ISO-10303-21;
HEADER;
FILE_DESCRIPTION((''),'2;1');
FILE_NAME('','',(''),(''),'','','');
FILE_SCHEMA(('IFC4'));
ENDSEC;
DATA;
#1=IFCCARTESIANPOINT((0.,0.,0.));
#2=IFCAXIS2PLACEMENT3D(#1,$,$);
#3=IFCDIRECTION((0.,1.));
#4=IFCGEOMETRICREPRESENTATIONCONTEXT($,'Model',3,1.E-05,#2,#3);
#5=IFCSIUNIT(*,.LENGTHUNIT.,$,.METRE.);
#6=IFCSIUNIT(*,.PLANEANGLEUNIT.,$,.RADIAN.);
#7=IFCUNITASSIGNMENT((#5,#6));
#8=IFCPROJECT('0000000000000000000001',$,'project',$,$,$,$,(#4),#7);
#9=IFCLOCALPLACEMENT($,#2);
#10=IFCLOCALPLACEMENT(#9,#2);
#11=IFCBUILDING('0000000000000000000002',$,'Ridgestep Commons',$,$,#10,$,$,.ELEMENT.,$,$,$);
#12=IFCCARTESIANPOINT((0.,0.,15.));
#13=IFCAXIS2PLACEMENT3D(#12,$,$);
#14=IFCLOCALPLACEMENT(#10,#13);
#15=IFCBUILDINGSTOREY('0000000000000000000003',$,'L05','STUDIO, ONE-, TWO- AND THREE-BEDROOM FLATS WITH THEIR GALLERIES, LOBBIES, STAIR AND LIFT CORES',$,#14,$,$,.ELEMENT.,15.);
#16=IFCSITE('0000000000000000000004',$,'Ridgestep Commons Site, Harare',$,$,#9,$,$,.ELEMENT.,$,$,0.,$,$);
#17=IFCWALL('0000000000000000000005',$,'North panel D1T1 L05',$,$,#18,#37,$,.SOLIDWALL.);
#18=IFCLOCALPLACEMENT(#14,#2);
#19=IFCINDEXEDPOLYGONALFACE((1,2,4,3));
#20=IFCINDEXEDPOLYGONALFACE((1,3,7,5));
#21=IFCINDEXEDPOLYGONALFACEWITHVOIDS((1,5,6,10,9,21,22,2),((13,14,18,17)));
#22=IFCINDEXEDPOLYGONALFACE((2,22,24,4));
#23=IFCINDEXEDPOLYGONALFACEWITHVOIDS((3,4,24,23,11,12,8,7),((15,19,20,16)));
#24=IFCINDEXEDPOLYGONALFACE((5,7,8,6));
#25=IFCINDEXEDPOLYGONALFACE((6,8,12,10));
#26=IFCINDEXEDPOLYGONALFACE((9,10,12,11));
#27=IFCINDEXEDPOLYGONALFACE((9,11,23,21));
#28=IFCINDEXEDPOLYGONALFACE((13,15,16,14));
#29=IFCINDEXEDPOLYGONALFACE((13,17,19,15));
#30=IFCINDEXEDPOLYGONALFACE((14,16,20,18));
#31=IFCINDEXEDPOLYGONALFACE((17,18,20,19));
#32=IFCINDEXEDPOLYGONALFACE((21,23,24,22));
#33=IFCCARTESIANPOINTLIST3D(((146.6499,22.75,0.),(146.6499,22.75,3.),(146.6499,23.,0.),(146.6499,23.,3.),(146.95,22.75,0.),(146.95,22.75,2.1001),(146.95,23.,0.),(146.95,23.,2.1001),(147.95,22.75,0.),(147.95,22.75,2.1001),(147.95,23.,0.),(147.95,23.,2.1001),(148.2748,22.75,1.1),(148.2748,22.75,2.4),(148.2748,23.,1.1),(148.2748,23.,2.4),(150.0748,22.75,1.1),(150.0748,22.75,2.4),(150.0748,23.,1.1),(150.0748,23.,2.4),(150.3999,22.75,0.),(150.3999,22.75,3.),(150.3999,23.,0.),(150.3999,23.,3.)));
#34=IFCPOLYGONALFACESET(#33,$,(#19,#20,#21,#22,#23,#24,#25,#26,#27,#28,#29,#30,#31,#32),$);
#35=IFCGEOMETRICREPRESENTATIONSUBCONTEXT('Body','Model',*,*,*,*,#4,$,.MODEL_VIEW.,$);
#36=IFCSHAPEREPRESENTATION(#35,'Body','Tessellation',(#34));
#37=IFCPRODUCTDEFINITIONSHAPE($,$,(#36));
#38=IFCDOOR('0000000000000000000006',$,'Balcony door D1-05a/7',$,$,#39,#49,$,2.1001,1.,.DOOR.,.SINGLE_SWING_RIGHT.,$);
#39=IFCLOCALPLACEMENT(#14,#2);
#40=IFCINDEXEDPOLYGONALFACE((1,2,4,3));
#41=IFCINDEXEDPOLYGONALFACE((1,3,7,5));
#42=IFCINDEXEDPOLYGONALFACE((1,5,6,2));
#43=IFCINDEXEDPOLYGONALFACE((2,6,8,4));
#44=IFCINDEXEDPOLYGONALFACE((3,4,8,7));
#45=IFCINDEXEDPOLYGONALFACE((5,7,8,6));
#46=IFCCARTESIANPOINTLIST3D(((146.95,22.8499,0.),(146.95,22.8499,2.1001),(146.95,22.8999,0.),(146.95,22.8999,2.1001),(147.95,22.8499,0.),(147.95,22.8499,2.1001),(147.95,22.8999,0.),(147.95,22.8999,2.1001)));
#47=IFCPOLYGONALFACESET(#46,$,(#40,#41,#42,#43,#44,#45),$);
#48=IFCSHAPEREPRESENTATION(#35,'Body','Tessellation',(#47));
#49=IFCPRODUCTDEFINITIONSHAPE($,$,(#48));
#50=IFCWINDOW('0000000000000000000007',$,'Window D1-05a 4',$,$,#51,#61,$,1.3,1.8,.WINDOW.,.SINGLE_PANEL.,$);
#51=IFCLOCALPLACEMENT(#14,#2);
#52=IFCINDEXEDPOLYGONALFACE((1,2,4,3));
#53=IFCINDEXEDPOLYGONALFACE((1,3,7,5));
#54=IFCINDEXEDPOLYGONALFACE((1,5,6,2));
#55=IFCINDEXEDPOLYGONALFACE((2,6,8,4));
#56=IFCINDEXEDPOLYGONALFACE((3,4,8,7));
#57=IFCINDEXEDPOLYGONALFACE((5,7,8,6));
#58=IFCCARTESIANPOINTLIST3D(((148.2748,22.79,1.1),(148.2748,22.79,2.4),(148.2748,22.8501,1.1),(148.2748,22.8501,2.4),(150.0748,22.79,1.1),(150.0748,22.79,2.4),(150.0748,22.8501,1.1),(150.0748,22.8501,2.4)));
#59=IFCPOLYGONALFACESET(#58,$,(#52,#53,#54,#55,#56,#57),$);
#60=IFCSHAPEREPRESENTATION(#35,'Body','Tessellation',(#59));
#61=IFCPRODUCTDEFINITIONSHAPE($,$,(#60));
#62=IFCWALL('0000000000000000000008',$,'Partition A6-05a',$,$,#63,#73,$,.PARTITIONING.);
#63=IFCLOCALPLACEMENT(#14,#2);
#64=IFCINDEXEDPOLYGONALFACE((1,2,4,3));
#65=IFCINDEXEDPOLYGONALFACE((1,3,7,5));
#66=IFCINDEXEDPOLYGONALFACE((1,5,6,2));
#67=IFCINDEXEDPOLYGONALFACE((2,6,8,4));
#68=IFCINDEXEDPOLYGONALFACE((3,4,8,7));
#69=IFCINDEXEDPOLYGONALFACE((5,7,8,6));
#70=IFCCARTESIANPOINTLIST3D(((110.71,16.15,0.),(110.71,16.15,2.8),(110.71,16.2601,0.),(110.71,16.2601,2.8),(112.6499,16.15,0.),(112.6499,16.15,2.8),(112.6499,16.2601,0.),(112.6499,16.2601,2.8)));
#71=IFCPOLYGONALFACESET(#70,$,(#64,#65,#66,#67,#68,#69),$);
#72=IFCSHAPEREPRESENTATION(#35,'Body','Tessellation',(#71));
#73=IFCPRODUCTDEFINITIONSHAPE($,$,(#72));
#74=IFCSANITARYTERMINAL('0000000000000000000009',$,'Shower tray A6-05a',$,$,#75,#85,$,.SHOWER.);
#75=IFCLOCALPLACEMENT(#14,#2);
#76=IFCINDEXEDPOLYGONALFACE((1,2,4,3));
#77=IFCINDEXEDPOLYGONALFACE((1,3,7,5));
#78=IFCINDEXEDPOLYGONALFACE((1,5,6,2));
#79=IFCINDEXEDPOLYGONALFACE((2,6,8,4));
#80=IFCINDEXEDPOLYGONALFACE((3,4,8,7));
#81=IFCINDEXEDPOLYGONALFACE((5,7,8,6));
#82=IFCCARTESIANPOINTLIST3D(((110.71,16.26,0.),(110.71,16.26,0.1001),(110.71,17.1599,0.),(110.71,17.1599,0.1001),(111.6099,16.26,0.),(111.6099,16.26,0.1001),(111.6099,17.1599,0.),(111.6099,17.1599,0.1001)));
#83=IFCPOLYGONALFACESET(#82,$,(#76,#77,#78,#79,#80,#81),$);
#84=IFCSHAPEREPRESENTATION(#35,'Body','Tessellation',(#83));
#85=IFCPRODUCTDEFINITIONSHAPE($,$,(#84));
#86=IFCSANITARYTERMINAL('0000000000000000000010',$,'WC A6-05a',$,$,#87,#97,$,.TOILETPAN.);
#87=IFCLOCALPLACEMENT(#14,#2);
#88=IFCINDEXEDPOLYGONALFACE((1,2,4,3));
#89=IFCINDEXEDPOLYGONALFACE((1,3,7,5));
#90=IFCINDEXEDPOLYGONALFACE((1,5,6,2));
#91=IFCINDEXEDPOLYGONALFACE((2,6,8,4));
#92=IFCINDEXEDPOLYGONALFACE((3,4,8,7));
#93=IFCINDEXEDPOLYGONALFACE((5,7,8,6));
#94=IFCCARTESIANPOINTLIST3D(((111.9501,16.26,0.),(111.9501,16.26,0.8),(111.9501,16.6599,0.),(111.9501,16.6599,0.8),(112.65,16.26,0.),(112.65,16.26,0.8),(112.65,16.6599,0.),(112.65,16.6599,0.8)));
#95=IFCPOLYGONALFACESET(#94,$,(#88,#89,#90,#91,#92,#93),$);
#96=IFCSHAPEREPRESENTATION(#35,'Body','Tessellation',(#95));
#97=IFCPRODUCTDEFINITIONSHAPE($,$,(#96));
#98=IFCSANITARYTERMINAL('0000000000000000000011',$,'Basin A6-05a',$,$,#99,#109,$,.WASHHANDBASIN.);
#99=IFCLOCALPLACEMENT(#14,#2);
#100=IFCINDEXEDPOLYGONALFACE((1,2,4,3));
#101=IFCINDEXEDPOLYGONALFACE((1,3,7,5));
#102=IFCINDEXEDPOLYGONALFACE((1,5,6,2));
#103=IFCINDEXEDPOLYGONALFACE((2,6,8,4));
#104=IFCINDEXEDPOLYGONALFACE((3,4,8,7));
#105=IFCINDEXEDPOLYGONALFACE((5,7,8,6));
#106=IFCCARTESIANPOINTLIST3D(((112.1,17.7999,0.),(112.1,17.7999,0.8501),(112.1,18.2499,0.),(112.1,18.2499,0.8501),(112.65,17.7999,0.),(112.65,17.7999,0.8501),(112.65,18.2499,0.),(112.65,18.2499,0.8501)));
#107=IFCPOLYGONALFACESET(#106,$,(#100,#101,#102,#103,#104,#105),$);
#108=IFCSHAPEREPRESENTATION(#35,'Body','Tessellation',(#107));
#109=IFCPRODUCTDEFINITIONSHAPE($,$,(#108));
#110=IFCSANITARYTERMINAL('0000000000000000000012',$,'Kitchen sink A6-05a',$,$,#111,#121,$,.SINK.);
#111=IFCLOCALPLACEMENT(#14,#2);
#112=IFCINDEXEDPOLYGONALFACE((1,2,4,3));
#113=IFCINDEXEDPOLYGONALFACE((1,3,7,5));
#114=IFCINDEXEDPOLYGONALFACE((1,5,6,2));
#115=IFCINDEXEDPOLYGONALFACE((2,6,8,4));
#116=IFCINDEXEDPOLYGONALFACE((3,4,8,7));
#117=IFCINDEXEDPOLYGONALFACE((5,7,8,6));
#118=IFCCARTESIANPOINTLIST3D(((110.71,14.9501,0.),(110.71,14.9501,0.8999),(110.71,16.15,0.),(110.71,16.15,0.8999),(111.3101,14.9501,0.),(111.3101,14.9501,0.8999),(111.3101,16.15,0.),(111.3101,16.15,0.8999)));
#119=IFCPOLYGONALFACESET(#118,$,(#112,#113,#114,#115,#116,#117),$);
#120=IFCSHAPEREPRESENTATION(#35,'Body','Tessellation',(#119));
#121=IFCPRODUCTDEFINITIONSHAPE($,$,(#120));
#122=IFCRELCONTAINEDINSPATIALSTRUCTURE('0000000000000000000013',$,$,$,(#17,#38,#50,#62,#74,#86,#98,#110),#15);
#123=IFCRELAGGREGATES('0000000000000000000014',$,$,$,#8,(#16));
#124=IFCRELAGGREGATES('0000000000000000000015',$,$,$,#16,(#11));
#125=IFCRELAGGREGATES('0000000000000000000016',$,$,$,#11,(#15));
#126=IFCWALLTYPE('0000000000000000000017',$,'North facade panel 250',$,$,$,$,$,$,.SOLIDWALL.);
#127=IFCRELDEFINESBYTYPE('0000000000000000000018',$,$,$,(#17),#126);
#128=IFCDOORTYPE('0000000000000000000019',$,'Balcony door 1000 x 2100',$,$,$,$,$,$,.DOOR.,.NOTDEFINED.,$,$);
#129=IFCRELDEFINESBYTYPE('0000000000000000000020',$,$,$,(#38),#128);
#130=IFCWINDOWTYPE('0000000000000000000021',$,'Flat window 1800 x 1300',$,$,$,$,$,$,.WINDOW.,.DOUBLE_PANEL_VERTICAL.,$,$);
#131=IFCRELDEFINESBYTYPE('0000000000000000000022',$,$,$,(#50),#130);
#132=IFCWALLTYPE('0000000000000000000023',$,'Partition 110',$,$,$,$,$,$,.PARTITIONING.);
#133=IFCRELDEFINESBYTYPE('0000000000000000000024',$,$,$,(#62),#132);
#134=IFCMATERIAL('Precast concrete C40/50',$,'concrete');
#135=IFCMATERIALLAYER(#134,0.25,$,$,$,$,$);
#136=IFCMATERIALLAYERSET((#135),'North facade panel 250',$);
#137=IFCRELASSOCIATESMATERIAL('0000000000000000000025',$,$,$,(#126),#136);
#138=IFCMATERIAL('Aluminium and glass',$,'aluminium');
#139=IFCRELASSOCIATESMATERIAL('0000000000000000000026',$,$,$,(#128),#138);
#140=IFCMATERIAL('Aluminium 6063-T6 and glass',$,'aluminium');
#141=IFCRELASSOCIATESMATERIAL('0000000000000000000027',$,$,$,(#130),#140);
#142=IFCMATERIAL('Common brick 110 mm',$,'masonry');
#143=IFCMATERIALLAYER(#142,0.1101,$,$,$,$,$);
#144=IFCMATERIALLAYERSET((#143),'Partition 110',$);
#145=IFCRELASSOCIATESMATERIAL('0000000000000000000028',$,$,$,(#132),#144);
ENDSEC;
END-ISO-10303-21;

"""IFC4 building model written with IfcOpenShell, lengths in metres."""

from ifc_helpers import new_model, si_unit, direction, frame, frame_2d, origin, origin_2d, place, context, subcontext, project, spatial, rectangle, extrude, material, layer, layer_set, type_object, element, fill, save


model = new_model("IFC4")

# Units and contexts
model_context = context("Model", 3, precision=1e-05, world=origin(), true_north=direction((0.0, 1.0)))
body_context = subcontext(model_context, "Body", "Model", "MODEL_VIEW")
ifc_project = project(units=[si_unit("LENGTHUNIT", "METRE"), si_unit("PLANEANGLEUNIT", "RADIAN")], contexts=[model_context])

# Site, building, storey
site_placement = place(None, origin())
site = spatial("IfcSite", under=ifc_project, at=site_placement, Name="Ridgestep Commons Site, Harare", CompositionType="ELEMENT", RefElevation=0.0)
building_placement = place(site_placement, origin())
building = spatial("IfcBuilding", under=site, at=building_placement, Name="Ridgestep Commons", CompositionType="ELEMENT")
storey_placement = place(building_placement, frame((0.0, 0.0, 15.0)))
storey = spatial("IfcBuildingStorey", under=building, at=storey_placement, Name="L05", Description="STUDIO, ONE-, TWO- AND THREE-BEDROOM FLATS WITH THEIR GALLERIES, LOBBIES, STAIR AND LIFT CORES", CompositionType="ELEMENT", Elevation=15.0)

# Wall, openings, door, window
ifc_material_1 = material(Name="Precast concrete C40/50", Category="concrete")
ifc_layer_1 = layer(ifc_material_1, 0.25)
ifc_layer_set_1 = layer_set([ifc_layer_1], Name="North facade panel 250")
wall_type_1 = type_object("IfcWallType", Name="North facade panel 250", PredefinedType="SOLIDWALL", material=ifc_layer_set_1)
wall_1_placement = place(storey_placement, frame((146.6499, 22.875, 0.0), z_axis=(0.0, 0.0, 1.0), x_axis=(1.0, 0.0, 0.0)))
wall_1 = element("IfcWall", 1, at=wall_1_placement, inside=storey, type_object=wall_type_1, Name="North panel D1T1 L05", PredefinedType="SOLIDWALL", context=body_context, shape_type="SweptSolid", body=[
    extrude(rectangle(XDim=3.75, YDim=0.25, at=frame_2d((1.875, 0.0))), origin(), (0.0, 0.0, 1.0), 3.0),
])
opening_1_placement = place(wall_1_placement, frame((1.625, 0.0, 1.1001)))
opening_1 = element("IfcOpeningElement", 2, at=opening_1_placement, cuts=wall_1, PredefinedType="OPENING", context=body_context, shape_type="SweptSolid", body=[
    extrude(rectangle(XDim=1.8, YDim=1.3, at=frame_2d((0.8999, 0.6499))), frame((0.0, 0.135, 0.0), z_axis=(0.0, -1.0, 0.0), x_axis=(1.0, 0.0, 0.0)), (0.0, 0.0, 1.0), 0.27),
])
opening_2_placement = place(wall_1_placement, frame((0.3, 0.0, 0.0)))
opening_2 = element("IfcOpeningElement", 3, at=opening_2_placement, cuts=wall_1, PredefinedType="OPENING", context=body_context, shape_type="SweptSolid", body=[
    extrude(rectangle(XDim=1.0, YDim=2.1001, at=frame_2d((0.5, 1.05))), frame((0.0, 0.135, 0.0), z_axis=(0.0, -1.0, 0.0), x_axis=(1.0, 0.0, 0.0)), (0.0, 0.0, 1.0), 0.27),
])
ifc_material_2 = material(Name="Aluminium and glass", Category="aluminium")
door_type = type_object("IfcDoorType", Name="Balcony door 1000 x 2100", OperationType="NOTDEFINED", PredefinedType="DOOR", material=ifc_material_2)
door_placement = place(opening_2_placement, origin())
door = element("IfcDoor", 4, at=door_placement, inside=storey, type_object=door_type, Name="Balcony door D1-05a/7", OperationType="SINGLE_SWING_RIGHT", OverallHeight=2.1001, OverallWidth=1.0, PredefinedType="DOOR", context=body_context, shape_type="SweptSolid", body=[
    extrude(rectangle(XDim=1.0, YDim=2.1001, at=frame_2d((0.5, 1.05))), frame((0.0, 0.0249, 0.0), z_axis=(0.0, -1.0, 0.0), x_axis=(1.0, 0.0, 0.0)), (0.0, 0.0, 1.0), 0.05),
])
fill(opening_2, door)
ifc_material_3 = material(Name="Aluminium 6063-T6 and glass", Category="aluminium")
window_type_1 = type_object("IfcWindowType", Name="Flat window 1800 x 1300", PartitioningType="DOUBLE_PANEL_VERTICAL", PredefinedType="WINDOW", material=ifc_material_3)
window_1_placement = place(opening_1_placement, origin())
window_1 = element("IfcWindow", 5, at=window_1_placement, inside=storey, type_object=window_type_1, Name="Window D1-05a 4", OverallHeight=1.3, OverallWidth=1.8, PartitioningType="SINGLE_PANEL", PredefinedType="WINDOW", context=body_context, shape_type="SweptSolid", body=[
    extrude(rectangle(XDim=1.8, YDim=1.3, at=frame_2d((0.8999, 0.6499))), frame((0.0, -0.0249, 0.0), z_axis=(0.0, -1.0, 0.0), x_axis=(1.0, 0.0, 0.0)), (0.0, 0.0, 1.0), 0.0601),
])
fill(opening_1, window_1)

# Wall
ifc_material_4 = material(Name="Common brick 110 mm", Category="masonry")
ifc_layer_2 = layer(ifc_material_4, 0.1101)
ifc_layer_set_2 = layer_set([ifc_layer_2], Name="Partition 110")
wall_type_2 = type_object("IfcWallType", Name="Partition 110", PredefinedType="PARTITIONING", material=ifc_layer_set_2)
wall_2_placement = place(storey_placement, frame((110.71, 16.2051, 0.0), z_axis=(0.0, 0.0, 1.0), x_axis=(1.0, 0.0, 0.0)))
element("IfcWall", 6, at=wall_2_placement, inside=storey, type_object=wall_type_2, Name="Partition A6-05a", PredefinedType="PARTITIONING", context=body_context, shape_type="SweptSolid", body=[
    extrude(rectangle(XDim=1.9399, YDim=0.1101, at=frame_2d((0.97, 0.0))), origin(), (0.0, 0.0, 1.0), 2.8),
])

# Sanitary terminals
sanitary_terminal_1_placement = place(storey_placement, frame((111.1599, 16.71, 0.0), z_axis=(0.0, 0.0, 1.0), x_axis=(1.0, 0.0, 0.0)))
element("IfcSanitaryTerminal", 7, at=sanitary_terminal_1_placement, inside=storey, Name="Shower tray A6-05a", PredefinedType="SHOWER", context=body_context, shape_type="SweptSolid", body=[
    extrude(rectangle(XDim=0.8999, YDim=0.8999, at=origin_2d()), origin(), (0.0, 0.0, 1.0), 0.1001),
])
sanitary_terminal_2_placement = place(storey_placement, frame((112.3, 16.46, 0.0), z_axis=(0.0, 0.0, 1.0), x_axis=(1.0, 0.0, 0.0)))
element("IfcSanitaryTerminal", 8, at=sanitary_terminal_2_placement, inside=storey, Name="WC A6-05a", PredefinedType="TOILETPAN", context=body_context, shape_type="SweptSolid", body=[
    extrude(rectangle(XDim=0.7, YDim=0.3999, at=origin_2d()), origin(), (0.0, 0.0, 1.0), 0.8),
])
sanitary_terminal_3_placement = place(storey_placement, frame((112.375, 18.0249, 0.0), z_axis=(0.0, 0.0, 1.0), x_axis=(1.0, 0.0, 0.0)))
element("IfcSanitaryTerminal", 9, at=sanitary_terminal_3_placement, inside=storey, Name="Basin A6-05a", PredefinedType="WASHHANDBASIN", context=body_context, shape_type="SweptSolid", body=[
    extrude(rectangle(XDim=0.55, YDim=0.45, at=origin_2d()), origin(), (0.0, 0.0, 1.0), 0.8501),
])
sanitary_terminal_4_placement = place(storey_placement, frame((111.01, 15.55, 0.0), z_axis=(0.0, 0.0, 1.0), x_axis=(1.0, 0.0, 0.0)))
element("IfcSanitaryTerminal", 10, at=sanitary_terminal_4_placement, inside=storey, Name="Kitchen sink A6-05a", PredefinedType="SINK", context=body_context, shape_type="SweptSolid", body=[
    extrude(rectangle(XDim=0.6001, YDim=1.2, at=origin_2d()), origin(), (0.0, 0.0, 1.0), 0.8999),
])

save(model, "model.ifc")
